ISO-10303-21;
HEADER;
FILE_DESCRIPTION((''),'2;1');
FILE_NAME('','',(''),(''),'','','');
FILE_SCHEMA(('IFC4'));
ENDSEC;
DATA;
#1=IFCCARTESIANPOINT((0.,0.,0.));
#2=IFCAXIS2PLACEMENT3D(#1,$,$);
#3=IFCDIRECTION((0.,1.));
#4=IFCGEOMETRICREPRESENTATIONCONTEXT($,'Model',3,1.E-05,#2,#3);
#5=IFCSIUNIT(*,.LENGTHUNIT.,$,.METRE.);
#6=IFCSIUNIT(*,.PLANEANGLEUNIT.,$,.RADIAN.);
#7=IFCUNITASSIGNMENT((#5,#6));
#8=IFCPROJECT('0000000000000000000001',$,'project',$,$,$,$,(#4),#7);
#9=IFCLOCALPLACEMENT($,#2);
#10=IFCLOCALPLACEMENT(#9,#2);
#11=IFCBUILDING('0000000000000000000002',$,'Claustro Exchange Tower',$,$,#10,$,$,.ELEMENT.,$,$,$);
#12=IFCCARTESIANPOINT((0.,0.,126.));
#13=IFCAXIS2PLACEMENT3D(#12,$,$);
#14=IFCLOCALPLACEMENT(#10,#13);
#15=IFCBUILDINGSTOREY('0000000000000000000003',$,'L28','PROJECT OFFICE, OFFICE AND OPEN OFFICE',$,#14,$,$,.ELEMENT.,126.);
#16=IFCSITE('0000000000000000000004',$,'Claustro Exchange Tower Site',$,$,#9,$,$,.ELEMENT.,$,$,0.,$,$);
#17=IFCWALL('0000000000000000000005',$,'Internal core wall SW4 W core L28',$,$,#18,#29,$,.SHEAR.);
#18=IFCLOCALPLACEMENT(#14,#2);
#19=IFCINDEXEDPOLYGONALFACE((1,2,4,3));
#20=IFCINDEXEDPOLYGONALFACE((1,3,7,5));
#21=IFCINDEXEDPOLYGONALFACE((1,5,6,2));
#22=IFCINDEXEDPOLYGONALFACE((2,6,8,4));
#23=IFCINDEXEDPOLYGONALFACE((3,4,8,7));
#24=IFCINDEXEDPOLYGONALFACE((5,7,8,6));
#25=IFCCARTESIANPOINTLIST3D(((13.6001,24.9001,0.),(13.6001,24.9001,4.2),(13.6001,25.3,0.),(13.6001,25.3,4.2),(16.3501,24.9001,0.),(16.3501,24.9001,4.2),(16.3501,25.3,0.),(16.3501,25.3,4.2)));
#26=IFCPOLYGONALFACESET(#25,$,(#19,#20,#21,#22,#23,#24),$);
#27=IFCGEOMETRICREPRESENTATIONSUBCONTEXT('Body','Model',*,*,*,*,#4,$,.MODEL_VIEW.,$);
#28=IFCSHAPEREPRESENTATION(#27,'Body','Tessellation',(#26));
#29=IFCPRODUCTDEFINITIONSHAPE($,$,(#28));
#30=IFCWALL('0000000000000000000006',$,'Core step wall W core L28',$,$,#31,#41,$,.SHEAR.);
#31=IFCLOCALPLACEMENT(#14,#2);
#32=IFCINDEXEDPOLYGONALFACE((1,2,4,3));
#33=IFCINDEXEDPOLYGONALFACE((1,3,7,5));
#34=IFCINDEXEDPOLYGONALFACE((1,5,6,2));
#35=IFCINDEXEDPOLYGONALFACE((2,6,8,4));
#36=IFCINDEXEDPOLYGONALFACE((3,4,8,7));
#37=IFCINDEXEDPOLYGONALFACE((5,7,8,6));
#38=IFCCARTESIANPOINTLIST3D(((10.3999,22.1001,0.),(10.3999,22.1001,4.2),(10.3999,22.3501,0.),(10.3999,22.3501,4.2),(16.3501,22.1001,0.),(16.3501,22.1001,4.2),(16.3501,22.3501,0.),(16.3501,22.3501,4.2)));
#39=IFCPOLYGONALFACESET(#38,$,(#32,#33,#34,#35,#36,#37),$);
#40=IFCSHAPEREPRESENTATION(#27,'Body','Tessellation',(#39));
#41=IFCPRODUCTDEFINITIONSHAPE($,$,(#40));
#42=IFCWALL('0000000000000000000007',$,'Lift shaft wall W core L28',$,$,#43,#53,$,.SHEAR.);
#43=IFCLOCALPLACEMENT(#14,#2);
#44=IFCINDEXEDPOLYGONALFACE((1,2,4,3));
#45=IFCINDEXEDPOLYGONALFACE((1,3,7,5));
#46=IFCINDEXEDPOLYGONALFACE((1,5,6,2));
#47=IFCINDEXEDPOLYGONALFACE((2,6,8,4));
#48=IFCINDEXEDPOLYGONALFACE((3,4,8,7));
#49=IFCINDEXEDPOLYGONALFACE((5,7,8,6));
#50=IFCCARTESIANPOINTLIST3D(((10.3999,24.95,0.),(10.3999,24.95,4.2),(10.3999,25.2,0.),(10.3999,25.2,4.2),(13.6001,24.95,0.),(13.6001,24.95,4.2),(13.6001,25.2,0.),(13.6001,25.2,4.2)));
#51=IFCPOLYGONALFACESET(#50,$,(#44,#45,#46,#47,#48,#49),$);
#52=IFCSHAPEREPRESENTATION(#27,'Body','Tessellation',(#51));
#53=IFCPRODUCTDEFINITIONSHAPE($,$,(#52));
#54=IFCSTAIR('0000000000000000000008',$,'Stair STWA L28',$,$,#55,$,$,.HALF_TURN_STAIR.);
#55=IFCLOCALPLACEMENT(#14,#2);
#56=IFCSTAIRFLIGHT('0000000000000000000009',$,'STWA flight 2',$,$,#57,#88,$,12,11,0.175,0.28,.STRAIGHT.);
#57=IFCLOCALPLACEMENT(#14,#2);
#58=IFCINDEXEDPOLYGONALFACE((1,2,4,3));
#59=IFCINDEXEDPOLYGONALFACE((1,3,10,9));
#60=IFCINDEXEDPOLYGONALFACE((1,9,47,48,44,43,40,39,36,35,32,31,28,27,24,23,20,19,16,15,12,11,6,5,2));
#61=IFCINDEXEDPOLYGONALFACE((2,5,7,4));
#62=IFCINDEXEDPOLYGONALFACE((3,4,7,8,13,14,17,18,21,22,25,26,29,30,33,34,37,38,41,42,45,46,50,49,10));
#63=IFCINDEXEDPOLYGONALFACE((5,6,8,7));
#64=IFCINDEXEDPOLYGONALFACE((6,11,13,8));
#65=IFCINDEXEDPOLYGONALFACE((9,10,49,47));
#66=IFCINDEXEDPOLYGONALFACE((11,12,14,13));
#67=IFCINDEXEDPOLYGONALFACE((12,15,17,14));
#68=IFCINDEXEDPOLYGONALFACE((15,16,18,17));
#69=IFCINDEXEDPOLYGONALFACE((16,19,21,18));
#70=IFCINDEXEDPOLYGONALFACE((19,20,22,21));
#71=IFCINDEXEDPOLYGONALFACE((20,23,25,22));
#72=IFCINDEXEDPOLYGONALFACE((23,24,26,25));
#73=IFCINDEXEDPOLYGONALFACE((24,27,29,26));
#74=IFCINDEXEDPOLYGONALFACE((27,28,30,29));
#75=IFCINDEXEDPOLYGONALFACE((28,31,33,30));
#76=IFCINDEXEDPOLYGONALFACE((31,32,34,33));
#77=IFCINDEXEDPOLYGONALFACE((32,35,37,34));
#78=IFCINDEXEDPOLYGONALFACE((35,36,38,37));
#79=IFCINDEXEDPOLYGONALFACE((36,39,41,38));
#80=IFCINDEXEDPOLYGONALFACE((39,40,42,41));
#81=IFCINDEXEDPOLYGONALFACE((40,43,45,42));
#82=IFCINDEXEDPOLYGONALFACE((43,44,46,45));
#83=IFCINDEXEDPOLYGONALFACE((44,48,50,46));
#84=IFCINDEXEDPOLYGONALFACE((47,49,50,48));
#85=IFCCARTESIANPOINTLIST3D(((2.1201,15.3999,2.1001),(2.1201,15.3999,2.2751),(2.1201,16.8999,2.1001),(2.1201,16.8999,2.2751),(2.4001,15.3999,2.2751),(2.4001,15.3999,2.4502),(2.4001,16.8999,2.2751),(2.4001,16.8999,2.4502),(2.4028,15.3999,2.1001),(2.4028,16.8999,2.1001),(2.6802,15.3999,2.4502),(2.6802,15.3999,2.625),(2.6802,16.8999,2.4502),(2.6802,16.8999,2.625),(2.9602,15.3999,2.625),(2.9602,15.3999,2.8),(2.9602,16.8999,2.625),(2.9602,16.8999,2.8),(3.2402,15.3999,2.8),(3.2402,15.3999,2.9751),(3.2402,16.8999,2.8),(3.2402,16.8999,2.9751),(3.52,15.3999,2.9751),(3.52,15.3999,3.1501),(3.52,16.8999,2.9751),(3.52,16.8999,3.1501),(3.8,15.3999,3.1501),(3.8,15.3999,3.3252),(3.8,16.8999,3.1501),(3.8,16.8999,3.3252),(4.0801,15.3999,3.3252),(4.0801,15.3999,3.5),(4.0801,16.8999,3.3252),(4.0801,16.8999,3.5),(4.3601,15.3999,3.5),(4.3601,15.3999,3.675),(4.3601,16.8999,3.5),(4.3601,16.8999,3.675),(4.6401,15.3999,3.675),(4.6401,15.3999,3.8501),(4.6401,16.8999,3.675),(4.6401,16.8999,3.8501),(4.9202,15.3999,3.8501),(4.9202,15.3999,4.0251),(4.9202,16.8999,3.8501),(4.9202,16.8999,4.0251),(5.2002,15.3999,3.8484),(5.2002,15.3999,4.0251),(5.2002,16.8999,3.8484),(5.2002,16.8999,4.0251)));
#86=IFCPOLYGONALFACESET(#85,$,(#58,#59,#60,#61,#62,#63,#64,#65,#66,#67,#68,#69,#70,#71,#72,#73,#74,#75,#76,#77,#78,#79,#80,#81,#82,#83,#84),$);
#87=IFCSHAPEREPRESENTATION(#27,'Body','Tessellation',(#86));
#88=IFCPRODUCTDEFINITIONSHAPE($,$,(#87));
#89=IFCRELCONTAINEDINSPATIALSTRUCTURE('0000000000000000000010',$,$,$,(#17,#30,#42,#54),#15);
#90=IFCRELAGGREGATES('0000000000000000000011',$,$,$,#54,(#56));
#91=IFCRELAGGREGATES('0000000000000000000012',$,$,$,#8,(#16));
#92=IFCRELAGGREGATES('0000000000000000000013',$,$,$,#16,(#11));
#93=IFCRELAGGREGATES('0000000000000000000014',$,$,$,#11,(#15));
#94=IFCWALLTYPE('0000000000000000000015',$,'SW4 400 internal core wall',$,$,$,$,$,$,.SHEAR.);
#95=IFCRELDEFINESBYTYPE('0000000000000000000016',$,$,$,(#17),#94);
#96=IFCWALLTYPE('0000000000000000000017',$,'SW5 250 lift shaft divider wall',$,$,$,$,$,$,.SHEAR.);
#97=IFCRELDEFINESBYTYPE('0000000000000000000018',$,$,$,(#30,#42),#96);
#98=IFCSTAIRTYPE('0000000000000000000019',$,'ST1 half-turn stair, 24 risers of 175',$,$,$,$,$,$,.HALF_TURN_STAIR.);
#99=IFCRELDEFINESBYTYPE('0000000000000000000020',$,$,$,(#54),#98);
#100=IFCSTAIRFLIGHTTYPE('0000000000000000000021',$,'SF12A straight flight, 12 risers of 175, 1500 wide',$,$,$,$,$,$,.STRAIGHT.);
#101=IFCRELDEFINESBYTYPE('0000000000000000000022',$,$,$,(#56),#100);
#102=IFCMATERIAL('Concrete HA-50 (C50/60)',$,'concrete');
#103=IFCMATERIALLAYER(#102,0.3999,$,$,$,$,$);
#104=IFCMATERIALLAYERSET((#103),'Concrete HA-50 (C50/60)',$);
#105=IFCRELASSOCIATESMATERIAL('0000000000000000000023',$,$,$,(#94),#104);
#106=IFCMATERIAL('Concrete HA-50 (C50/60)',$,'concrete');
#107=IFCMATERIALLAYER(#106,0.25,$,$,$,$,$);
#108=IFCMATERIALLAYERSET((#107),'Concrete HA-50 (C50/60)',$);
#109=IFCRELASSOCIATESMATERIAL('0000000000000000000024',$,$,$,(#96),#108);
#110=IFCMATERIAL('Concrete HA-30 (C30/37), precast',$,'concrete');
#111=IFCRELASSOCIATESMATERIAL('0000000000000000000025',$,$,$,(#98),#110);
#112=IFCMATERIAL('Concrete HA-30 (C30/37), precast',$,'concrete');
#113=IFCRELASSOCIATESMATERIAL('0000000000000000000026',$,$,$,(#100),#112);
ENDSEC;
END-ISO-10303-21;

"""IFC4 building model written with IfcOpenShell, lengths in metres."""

from ifc_helpers import new_model, si_unit, direction, frame, frame_2d, origin, place, context, subcontext, project, spatial, polyline, rectangle, outline, extrude, material, layer, layer_set, type_object, element, aggregate, save


model = new_model("IFC4")

# Units and contexts
model_context = context("Model", 3, precision=1e-05, world=origin(), true_north=direction((0.0, 1.0)))
body_context = subcontext(model_context, "Body", "Model", "MODEL_VIEW")
ifc_project = project(units=[si_unit("LENGTHUNIT", "METRE"), si_unit("PLANEANGLEUNIT", "RADIAN")], contexts=[model_context])

# Site, building, storey
site_placement = place(None, origin())
site = spatial("IfcSite", under=ifc_project, at=site_placement, Name="Claustro Exchange Tower Site", CompositionType="ELEMENT", RefElevation=0.0)
building_placement = place(site_placement, origin())
building = spatial("IfcBuilding", under=site, at=building_placement, Name="Claustro Exchange Tower", CompositionType="ELEMENT")
storey_placement = place(building_placement, frame((0.0, 0.0, 126.0)))
storey = spatial("IfcBuildingStorey", under=building, at=storey_placement, Name="L28", Description="PROJECT OFFICE, OFFICE AND OPEN OFFICE", CompositionType="ELEMENT", Elevation=126.0)

# Walls
ifc_material_1 = material(Name="Concrete HA-50 (C50/60)", Category="concrete")
ifc_layer_1 = layer(ifc_material_1, 0.3999)
ifc_layer_set_1 = layer_set([ifc_layer_1], Name="Concrete HA-50 (C50/60)")
wall_type_1 = type_object("IfcWallType", Name="SW4 400 internal core wall", PredefinedType="SHEAR", material=ifc_layer_set_1)
wall_1_placement = place(storey_placement, frame((13.6001, 25.1001, 0.0), z_axis=(0.0, 0.0, 1.0), x_axis=(1.0, 0.0, 0.0)))
element("IfcWall", 1, at=wall_1_placement, inside=storey, type_object=wall_type_1, Name="Internal core wall SW4 W core L28", PredefinedType="SHEAR", context=body_context, shape_type="SweptSolid", body=[
    extrude(rectangle(XDim=2.75, YDim=0.3999, at=frame_2d((1.375, 0.0))), origin(), (0.0, 0.0, 1.0), 4.2),
])
ifc_material_2 = material(Name="Concrete HA-50 (C50/60)", Category="concrete")
ifc_layer_2 = layer(ifc_material_2, 0.25)
ifc_layer_set_2 = layer_set([ifc_layer_2], Name="Concrete HA-50 (C50/60)")
wall_type_2 = type_object("IfcWallType", Name="SW5 250 lift shaft divider wall", PredefinedType="SHEAR", material=ifc_layer_set_2)
wall_2_placement = place(storey_placement, frame((10.3999, 22.2251, 0.0), z_axis=(0.0, 0.0, 1.0), x_axis=(1.0, 0.0, 0.0)))
element("IfcWall", 2, at=wall_2_placement, inside=storey, type_object=wall_type_2, Name="Core step wall W core L28", PredefinedType="SHEAR", context=body_context, shape_type="SweptSolid", body=[
    extrude(rectangle(XDim=5.9502, YDim=0.25, at=frame_2d((2.9751, 0.0))), origin(), (0.0, 0.0, 1.0), 4.2),
])
wall_3_placement = place(storey_placement, frame((10.3999, 25.075, 0.0), z_axis=(0.0, 0.0, 1.0), x_axis=(1.0, 0.0, 0.0)))
element("IfcWall", 3, at=wall_3_placement, inside=storey, type_object=wall_type_2, Name="Lift shaft wall W core L28", PredefinedType="SHEAR", context=body_context, shape_type="SweptSolid", body=[
    extrude(rectangle(XDim=3.2002, YDim=0.25, at=frame_2d((1.6001, 0.0))), origin(), (0.0, 0.0, 1.0), 4.2),
])

# Stair, stair flight
ifc_material_3 = material(Name="Concrete HA-30 (C30/37), precast", Category="concrete")
stair_type = type_object("IfcStairType", Name="ST1 half-turn stair, 24 risers of 175", PredefinedType="HALF_TURN_STAIR", material=ifc_material_3)
stair_placement = place(storey_placement, origin())
stair = element("IfcStair", 4, at=stair_placement, inside=storey, type_object=stair_type, Name="Stair STWA L28", PredefinedType="HALF_TURN_STAIR")
ifc_material_4 = material(Name="Concrete HA-30 (C30/37), precast", Category="concrete")
stair_flight_type = type_object("IfcStairFlightType", Name="SF12A straight flight, 12 risers of 175, 1500 wide", PredefinedType="STRAIGHT", material=ifc_material_4)
stair_flight_placement = place(storey_placement, frame((2.1201, 16.1499, 2.1001), z_axis=(0.0, 0.0, 1.0), x_axis=(1.0, 0.0, 0.0)))
stair_flight = element("IfcStairFlight", 5, at=stair_flight_placement, type_object=stair_flight_type, Name="STWA flight 2", NumberOfRisers=12, NumberOfTreads=11, PredefinedType="STRAIGHT", RiserHeight=0.175, TreadLength=0.28, context=body_context, shape_type="SweptSolid", body=[
    extrude(outline(polyline([(0.0, 0.0), (0.0, 0.175), (0.28, 0.175), (0.28, 0.3501), (0.5601, 0.3501), (0.5601, 0.5249), (0.8401, 0.5249), (0.8401, 0.7), (1.1201, 0.7), (1.1201, 0.875), (1.3999, 0.875), (1.3999, 1.05), (1.6799, 1.05), (1.6799, 1.2251), (1.96, 1.2251), (1.96, 1.3999), (2.24, 1.3999), (2.24, 1.575), (2.52, 1.575), (2.52, 1.75), (2.8, 1.75), (2.8, 1.925), (3.0801, 1.925), (3.0801, 2.1001), (3.0801, 1.7483), (0.2827, 0.0), (0.0, 0.0)])), frame((0.0, 0.75, 0.0), z_axis=(0.0, -1.0, 0.0), x_axis=(1.0, 0.0, 0.0)), (0.0, 0.0, 1.0), 1.5),
])
aggregate(stair, [stair_flight])

save(model, "model.ifc")
